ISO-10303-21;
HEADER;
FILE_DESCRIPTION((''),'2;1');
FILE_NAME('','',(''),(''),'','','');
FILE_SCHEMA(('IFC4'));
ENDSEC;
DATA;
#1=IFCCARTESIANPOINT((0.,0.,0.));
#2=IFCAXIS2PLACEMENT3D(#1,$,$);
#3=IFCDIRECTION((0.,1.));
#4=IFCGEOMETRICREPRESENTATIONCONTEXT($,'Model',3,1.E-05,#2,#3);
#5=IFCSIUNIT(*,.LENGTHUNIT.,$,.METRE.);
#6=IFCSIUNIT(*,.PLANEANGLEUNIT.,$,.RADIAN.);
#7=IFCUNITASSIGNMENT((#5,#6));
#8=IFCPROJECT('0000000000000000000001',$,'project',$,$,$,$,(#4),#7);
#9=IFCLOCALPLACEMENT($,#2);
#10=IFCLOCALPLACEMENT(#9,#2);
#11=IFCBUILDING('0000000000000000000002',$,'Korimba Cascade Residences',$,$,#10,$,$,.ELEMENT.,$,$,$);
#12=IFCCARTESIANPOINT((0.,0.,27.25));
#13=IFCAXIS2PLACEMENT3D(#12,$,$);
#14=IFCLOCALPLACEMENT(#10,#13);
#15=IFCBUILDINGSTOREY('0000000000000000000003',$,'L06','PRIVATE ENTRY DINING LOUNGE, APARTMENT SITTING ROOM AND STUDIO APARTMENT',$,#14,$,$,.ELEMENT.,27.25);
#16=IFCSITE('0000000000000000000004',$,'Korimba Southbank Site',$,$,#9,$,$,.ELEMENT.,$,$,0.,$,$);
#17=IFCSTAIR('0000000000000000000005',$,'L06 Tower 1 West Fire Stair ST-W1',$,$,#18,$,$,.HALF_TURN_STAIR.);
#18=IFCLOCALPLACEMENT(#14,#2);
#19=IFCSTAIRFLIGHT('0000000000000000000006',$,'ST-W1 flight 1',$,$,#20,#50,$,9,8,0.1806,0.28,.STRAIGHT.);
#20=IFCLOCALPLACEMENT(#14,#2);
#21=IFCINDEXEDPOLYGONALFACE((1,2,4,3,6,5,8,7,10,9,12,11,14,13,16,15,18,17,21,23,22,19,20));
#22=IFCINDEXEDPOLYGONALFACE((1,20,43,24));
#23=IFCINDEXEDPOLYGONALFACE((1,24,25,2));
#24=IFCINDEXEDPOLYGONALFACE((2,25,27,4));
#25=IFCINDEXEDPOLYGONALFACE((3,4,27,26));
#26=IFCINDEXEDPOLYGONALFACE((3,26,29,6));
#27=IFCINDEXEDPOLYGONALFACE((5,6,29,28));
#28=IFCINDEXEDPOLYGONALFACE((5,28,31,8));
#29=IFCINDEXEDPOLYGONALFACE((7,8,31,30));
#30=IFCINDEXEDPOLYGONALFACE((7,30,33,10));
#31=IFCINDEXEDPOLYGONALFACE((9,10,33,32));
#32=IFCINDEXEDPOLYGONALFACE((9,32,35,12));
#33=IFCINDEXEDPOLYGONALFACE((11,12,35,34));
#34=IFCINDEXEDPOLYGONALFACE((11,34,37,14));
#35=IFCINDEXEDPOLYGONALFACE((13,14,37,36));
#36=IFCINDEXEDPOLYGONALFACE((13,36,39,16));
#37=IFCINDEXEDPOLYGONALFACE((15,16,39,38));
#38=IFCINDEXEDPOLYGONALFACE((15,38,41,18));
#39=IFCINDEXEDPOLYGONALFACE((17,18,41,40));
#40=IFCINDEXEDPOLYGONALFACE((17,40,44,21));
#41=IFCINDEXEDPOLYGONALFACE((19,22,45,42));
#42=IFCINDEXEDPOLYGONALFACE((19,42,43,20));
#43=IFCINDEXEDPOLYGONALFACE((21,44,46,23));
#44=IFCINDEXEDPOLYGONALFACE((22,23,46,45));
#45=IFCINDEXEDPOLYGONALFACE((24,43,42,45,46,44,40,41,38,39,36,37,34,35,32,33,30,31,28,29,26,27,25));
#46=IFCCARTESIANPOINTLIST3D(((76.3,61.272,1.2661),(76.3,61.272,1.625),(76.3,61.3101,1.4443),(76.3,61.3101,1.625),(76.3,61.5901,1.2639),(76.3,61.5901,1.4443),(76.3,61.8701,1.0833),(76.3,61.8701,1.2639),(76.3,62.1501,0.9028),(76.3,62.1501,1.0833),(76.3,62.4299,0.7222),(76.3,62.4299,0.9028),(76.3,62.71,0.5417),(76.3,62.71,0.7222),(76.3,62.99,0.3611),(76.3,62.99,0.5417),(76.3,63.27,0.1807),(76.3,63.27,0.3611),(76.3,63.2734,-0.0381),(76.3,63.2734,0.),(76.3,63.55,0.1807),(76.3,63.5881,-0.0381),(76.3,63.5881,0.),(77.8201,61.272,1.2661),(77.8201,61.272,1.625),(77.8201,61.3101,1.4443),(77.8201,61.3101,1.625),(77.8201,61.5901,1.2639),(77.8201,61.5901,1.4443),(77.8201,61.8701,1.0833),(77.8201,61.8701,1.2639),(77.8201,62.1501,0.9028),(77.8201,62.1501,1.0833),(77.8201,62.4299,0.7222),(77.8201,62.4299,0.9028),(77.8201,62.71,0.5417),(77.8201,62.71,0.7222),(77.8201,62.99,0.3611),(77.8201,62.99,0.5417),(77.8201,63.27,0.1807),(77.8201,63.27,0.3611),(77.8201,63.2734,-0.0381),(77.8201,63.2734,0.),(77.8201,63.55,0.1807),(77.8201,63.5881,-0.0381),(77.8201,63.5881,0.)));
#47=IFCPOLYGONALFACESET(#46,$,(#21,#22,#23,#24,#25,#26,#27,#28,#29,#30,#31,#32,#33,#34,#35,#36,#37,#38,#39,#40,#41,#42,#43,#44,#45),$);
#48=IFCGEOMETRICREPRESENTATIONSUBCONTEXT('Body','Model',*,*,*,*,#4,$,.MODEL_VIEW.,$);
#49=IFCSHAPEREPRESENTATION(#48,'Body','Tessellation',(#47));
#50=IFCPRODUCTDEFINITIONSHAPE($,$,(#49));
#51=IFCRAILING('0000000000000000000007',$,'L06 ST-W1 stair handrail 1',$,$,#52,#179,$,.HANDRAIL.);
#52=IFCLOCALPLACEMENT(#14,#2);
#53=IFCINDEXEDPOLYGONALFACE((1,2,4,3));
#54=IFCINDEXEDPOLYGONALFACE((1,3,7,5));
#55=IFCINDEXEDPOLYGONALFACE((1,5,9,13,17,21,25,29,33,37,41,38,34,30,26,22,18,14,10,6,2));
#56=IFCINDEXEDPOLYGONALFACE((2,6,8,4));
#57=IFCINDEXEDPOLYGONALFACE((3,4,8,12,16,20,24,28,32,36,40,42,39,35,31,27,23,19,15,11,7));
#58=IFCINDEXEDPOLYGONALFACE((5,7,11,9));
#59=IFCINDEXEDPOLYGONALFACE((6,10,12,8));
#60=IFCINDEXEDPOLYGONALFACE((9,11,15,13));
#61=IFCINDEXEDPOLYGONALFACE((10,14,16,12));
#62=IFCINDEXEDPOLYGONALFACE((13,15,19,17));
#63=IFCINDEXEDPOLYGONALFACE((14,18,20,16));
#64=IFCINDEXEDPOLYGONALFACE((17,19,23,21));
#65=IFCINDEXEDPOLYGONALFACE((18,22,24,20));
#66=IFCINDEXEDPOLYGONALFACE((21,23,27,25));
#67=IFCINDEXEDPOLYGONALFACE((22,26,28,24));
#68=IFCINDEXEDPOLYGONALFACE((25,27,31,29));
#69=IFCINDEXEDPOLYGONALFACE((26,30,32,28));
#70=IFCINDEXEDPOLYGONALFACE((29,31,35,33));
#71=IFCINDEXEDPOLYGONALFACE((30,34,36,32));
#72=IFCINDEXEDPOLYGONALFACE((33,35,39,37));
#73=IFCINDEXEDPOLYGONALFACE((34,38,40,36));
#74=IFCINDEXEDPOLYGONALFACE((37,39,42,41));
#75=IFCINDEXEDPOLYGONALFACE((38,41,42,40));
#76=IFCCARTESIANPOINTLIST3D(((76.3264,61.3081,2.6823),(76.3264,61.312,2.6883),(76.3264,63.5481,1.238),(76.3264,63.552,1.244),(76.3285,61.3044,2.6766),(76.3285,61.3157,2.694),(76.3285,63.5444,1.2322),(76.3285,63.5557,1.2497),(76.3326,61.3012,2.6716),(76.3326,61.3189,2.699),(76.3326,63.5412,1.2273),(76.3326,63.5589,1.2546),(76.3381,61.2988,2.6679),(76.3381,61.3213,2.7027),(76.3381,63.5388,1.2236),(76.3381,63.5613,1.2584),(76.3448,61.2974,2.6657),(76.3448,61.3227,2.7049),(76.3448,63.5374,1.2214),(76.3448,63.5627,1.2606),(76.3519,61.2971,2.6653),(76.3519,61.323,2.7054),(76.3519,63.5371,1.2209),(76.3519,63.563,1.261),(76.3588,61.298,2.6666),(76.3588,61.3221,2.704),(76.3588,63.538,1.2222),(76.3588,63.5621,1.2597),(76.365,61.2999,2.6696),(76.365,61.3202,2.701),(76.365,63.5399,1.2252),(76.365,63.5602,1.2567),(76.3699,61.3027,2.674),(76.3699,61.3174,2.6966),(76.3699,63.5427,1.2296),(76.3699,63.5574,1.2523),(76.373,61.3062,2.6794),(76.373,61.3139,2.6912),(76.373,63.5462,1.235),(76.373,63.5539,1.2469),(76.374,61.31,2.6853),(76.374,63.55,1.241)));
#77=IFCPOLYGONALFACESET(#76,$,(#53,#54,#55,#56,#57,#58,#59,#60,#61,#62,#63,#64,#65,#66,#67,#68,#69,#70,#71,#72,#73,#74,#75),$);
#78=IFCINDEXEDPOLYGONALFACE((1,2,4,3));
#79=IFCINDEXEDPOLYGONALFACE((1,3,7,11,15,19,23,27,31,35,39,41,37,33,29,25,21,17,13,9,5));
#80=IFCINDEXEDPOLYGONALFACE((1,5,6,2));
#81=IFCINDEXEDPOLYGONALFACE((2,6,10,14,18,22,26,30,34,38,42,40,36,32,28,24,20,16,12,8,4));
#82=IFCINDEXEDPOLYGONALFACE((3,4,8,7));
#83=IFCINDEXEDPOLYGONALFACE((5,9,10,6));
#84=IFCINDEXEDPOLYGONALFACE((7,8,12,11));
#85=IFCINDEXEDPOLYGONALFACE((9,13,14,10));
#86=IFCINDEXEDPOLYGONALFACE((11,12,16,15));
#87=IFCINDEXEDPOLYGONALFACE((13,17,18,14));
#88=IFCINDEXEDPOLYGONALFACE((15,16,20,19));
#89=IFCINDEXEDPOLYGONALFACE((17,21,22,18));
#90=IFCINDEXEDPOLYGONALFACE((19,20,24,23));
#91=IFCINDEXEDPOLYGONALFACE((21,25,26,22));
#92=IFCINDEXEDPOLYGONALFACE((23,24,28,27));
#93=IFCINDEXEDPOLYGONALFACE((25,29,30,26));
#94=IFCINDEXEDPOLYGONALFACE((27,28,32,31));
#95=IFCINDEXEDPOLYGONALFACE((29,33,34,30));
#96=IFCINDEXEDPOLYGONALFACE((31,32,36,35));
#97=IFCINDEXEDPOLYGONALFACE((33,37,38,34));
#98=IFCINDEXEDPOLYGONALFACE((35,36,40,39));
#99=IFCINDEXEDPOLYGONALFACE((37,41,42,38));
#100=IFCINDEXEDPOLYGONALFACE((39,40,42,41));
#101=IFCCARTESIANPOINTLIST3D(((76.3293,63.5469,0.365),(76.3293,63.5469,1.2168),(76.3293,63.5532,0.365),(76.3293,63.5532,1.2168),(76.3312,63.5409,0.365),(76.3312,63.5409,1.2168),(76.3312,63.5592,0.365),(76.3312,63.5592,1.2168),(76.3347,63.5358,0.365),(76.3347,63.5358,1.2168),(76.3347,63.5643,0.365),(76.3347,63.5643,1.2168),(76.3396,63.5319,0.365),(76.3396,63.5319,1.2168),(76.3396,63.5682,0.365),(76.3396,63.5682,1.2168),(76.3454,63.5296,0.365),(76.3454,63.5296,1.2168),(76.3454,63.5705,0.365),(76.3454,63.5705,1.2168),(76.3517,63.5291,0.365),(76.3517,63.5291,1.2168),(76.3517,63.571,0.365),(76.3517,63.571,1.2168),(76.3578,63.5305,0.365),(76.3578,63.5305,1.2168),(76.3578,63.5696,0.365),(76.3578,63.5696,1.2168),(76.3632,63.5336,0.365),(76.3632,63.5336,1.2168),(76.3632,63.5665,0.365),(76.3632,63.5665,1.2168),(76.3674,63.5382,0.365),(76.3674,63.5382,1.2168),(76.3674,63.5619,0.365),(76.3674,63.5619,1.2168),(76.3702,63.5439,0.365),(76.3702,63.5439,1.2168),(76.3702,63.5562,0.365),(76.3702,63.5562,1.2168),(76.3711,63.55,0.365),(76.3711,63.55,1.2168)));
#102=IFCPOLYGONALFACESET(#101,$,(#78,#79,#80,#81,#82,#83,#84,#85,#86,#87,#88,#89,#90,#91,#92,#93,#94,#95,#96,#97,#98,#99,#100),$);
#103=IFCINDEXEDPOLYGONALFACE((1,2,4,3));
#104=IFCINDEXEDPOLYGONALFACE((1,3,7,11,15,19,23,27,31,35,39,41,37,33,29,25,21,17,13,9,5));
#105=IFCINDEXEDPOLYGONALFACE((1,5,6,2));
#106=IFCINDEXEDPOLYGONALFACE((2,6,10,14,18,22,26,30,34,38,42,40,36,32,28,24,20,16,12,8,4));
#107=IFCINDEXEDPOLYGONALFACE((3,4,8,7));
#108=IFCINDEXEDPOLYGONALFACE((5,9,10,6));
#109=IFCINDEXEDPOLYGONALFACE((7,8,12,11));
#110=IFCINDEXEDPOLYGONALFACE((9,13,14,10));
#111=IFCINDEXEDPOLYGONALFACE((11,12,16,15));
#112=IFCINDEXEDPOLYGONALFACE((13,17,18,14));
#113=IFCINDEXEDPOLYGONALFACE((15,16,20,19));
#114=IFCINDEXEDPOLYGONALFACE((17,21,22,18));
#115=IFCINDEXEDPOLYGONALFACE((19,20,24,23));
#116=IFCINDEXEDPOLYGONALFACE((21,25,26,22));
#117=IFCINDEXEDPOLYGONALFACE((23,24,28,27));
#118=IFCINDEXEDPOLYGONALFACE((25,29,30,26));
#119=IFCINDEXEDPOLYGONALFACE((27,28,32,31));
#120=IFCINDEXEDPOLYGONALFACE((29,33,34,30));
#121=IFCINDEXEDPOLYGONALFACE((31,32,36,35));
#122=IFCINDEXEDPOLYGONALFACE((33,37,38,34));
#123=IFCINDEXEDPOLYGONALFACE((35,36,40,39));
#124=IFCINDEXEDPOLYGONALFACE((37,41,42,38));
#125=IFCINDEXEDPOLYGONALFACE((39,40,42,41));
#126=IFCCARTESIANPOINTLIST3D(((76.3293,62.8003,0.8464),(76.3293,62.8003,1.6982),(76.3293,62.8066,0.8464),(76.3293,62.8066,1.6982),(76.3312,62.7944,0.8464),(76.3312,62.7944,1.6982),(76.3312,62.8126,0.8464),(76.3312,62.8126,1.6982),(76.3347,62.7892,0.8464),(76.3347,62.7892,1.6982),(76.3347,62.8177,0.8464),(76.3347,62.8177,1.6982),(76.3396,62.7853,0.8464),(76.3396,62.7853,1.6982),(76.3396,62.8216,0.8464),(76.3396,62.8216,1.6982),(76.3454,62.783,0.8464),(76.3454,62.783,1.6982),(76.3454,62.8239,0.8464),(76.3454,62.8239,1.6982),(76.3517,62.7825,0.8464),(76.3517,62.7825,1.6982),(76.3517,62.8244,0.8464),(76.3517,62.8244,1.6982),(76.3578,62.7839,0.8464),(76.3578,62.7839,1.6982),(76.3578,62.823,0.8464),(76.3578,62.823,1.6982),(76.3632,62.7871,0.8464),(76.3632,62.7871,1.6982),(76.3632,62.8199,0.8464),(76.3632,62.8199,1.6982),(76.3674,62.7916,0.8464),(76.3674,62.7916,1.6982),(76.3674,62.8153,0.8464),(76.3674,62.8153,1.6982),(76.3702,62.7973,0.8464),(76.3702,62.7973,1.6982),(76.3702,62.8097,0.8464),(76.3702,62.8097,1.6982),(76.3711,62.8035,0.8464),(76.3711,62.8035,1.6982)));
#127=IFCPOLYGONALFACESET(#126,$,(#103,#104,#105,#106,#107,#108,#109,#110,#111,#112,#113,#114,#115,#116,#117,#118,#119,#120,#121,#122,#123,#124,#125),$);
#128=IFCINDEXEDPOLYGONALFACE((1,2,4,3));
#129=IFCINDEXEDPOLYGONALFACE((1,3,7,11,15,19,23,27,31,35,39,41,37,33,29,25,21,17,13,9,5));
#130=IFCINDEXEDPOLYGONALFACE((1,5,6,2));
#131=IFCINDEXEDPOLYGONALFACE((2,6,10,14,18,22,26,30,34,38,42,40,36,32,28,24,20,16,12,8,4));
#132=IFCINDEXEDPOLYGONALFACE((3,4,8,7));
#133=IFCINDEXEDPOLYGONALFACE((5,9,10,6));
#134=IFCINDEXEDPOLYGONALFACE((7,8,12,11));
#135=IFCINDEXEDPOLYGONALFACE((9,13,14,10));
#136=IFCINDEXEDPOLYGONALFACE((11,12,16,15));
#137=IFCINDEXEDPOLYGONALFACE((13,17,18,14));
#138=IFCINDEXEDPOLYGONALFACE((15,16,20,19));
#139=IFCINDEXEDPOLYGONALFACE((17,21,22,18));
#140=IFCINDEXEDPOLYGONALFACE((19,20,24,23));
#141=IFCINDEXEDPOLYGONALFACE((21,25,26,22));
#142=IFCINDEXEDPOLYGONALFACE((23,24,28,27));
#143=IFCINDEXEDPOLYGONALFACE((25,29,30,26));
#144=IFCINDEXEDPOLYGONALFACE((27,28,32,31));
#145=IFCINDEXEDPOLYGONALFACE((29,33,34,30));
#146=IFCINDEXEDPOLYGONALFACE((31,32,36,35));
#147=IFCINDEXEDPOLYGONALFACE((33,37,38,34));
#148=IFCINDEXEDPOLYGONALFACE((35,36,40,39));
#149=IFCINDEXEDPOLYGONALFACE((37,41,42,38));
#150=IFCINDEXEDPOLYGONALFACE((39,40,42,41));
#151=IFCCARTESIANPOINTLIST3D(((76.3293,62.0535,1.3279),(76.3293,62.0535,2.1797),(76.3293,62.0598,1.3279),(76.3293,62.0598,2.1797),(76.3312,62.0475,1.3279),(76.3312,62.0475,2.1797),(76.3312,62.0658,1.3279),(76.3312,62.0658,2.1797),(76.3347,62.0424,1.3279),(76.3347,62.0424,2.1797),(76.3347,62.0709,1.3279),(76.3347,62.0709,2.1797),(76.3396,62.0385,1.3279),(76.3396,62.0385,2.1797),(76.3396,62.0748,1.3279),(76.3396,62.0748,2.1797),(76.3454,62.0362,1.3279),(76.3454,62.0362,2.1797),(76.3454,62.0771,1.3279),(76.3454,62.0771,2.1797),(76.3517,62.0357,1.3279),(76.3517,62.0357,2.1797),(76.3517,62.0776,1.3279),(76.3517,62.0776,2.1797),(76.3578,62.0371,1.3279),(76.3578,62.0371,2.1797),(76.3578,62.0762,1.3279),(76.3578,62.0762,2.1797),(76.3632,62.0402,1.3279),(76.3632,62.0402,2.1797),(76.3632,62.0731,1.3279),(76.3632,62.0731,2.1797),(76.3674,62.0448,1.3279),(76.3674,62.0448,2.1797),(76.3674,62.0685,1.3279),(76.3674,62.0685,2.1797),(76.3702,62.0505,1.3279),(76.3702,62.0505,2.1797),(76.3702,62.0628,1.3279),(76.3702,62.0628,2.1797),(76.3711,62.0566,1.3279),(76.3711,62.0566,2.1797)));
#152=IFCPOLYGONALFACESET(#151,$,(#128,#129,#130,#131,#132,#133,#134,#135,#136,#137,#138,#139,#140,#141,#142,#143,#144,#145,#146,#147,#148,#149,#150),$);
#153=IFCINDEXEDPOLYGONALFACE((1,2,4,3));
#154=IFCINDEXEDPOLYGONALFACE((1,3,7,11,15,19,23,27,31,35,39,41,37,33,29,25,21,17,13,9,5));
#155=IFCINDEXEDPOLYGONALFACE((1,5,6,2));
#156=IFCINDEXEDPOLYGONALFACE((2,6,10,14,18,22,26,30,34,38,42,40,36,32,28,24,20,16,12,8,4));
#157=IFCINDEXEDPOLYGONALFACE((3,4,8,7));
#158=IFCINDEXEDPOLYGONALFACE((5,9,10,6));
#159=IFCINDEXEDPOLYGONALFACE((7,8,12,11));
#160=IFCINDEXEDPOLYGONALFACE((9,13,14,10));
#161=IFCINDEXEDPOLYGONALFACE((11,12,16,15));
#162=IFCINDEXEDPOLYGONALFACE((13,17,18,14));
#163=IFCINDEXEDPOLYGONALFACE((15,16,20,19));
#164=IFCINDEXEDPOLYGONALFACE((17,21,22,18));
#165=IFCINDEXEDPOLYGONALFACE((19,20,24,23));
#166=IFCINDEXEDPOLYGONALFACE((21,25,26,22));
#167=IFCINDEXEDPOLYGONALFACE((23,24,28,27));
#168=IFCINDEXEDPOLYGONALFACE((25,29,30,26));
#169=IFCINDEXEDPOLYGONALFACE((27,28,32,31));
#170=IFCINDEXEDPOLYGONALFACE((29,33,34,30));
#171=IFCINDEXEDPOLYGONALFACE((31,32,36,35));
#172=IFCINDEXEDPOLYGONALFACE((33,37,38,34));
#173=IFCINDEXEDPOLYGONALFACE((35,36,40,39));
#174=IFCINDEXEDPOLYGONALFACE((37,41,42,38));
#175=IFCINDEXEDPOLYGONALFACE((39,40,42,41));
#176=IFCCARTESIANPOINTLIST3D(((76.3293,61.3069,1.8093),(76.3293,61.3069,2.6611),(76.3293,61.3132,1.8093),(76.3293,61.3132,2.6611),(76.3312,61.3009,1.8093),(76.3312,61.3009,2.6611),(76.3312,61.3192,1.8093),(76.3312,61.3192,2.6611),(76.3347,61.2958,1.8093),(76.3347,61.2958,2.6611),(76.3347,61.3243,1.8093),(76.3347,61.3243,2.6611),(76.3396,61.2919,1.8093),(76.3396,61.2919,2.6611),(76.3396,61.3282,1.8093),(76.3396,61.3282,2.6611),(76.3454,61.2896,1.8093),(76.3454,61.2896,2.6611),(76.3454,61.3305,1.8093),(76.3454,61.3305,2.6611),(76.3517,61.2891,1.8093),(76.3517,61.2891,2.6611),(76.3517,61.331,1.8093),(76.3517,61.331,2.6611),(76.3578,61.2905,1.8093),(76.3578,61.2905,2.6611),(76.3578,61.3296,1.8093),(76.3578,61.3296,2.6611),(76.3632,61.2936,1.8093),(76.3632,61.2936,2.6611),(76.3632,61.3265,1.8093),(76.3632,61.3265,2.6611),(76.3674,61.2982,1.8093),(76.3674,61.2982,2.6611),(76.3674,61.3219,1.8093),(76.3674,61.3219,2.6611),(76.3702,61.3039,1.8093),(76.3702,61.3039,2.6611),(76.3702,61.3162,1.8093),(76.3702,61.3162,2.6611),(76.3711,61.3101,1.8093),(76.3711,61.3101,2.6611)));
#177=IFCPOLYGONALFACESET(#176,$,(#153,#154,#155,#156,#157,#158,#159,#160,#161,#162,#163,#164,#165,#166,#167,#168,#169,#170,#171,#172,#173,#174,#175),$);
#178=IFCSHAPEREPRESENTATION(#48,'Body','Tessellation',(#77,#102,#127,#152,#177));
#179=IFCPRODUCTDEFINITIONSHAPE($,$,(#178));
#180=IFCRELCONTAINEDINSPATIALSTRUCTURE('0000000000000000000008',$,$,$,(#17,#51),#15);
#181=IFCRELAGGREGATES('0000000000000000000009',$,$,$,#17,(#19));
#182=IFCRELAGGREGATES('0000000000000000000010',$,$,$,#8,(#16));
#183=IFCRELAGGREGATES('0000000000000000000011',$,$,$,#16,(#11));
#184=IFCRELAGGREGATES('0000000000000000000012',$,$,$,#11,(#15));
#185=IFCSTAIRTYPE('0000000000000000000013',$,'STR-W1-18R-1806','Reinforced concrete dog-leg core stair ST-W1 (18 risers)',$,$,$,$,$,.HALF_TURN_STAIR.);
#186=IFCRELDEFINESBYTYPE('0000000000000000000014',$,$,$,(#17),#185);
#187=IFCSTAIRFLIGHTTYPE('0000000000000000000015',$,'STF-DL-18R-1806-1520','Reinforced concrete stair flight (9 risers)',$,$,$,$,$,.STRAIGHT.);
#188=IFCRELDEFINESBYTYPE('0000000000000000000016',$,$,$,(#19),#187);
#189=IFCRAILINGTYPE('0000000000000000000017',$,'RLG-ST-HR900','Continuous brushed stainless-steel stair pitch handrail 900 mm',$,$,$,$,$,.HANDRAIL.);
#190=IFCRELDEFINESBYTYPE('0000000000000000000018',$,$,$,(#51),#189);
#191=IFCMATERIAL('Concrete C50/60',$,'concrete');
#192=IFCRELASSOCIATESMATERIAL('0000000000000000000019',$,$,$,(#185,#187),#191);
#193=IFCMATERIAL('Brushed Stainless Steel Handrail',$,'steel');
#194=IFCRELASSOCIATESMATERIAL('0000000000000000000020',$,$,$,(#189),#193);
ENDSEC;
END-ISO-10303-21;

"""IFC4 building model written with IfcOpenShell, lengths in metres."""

from ifc_helpers import new_model, si_unit, direction, frame, origin, origin_2d, place, context, subcontext, project, spatial, polyline, circle, outline, extrude, material, type_object, element, aggregate, save


model = new_model("IFC4")

# Units and contexts
model_context = context("Model", 3, precision=1e-05, world=origin(), true_north=direction((0.0, 1.0)))
body_context = subcontext(model_context, "Body", "Model", "MODEL_VIEW")
ifc_project = project(units=[si_unit("LENGTHUNIT", "METRE"), si_unit("PLANEANGLEUNIT", "RADIAN")], contexts=[model_context])

# Site, building, storey
site_placement = place(None, origin())
site = spatial("IfcSite", under=ifc_project, at=site_placement, Name="Korimba Southbank Site", CompositionType="ELEMENT", RefElevation=0.0)
building_placement = place(site_placement, origin())
building = spatial("IfcBuilding", under=site, at=building_placement, Name="Korimba Cascade Residences", CompositionType="ELEMENT")
storey_placement = place(building_placement, frame((0.0, 0.0, 27.25)))
storey = spatial("IfcBuildingStorey", under=building, at=storey_placement, Name="L06", Description="PRIVATE ENTRY DINING LOUNGE, APARTMENT SITTING ROOM AND STUDIO APARTMENT", CompositionType="ELEMENT", Elevation=27.25)

# Shared definitions
ifc_material_1 = material(Name="Concrete C50/60", Category="concrete")

# Stair, stair flight
stair_type = type_object("IfcStairType", Name="STR-W1-18R-1806", Description="Reinforced concrete dog-leg core stair ST-W1 (18 risers)", PredefinedType="HALF_TURN_STAIR", material=ifc_material_1)
stair_placement = place(storey_placement, origin())
stair = element("IfcStair", 1, at=stair_placement, inside=storey, type_object=stair_type, Name="L06 Tower 1 West Fire Stair ST-W1", PredefinedType="HALF_TURN_STAIR")
stair_flight_type = type_object("IfcStairFlightType", Name="STF-DL-18R-1806-1520", Description="Reinforced concrete stair flight (9 risers)", PredefinedType="STRAIGHT", material=ifc_material_1)
stair_flight_placement = place(storey_placement, frame((77.0601, 63.55, 0.0), z_axis=(0.0, 0.0, 1.0), x_axis=(0.0, -1.0, 0.0)))
stair_flight = element("IfcStairFlight", 2, at=stair_flight_placement, type_object=stair_flight_type, Name="ST-W1 flight 1", NumberOfRisers=9, NumberOfTreads=8, PredefinedType="STRAIGHT", RiserHeight=0.1806, TreadLength=0.28, context=body_context, shape_type="SweptSolid", body=[
    extrude(outline(polyline([(-0.0381, 0.0), (0.0, 0.1807), (0.28, 0.1807), (0.28, 0.3611), (0.5601, 0.3611), (0.5601, 0.5417), (0.8401, 0.5417), (0.8401, 0.7222), (1.1201, 0.7222), (1.1201, 0.9028), (1.3999, 0.9028), (1.3999, 1.0833), (1.6799, 1.0833), (1.6799, 1.2639), (1.96, 1.2639), (1.96, 1.4443), (2.24, 1.4443), (2.24, 1.625), (2.2781, 1.625), (2.2781, 1.2661), (0.2766, 0.0), (0.2766, -0.0381), (-0.0381, -0.0381), (-0.0381, 0.0)])), frame((0.0, 0.76, 0.0), z_axis=(0.0, -1.0, 0.0), x_axis=(1.0, 0.0, 0.0)), (0.0, 0.0, 1.0), 1.52),
])
aggregate(stair, [stair_flight])

# Railing
ifc_material_2 = material(Name="Brushed Stainless Steel Handrail", Category="steel")
railing_type = type_object("IfcRailingType", Name="RLG-ST-HR900", Description="Continuous brushed stainless-steel stair pitch handrail 900 mm", PredefinedType="HANDRAIL", material=ifc_material_2)
railing_placement = place(storey_placement, frame((76.3501, 63.55, 0.365)))
element("IfcRailing", 3, at=railing_placement, inside=storey, type_object=railing_type, Name="L06 ST-W1 stair handrail 1", PredefinedType="HANDRAIL", context=body_context, shape_type="SweptSolid", body=[
    extrude(circle(Radius=0.0239, at=origin_2d()), frame((0.0, 0.0, 0.876), z_axis=(0.0, -0.840437, 0.54191), x_axis=(1.0, 0.0, 0.0)), (0.0, 0.0, 1.0), 2.6653),
    extrude(circle(Radius=0.021, at=origin_2d()), origin(), (0.0, 0.0, 1.0), 0.8518),
    extrude(circle(Radius=0.021, at=origin_2d()), frame((0.0, -0.7466, 0.4814)), (0.0, 0.0, 1.0), 0.8518),
    extrude(circle(Radius=0.021, at=origin_2d()), frame((0.0, -1.4934, 0.9629)), (0.0, 0.0, 1.0), 0.8518),
    extrude(circle(Radius=0.021, at=origin_2d()), frame((0.0, -2.24, 1.4443)), (0.0, 0.0, 1.0), 0.8518),
])

save(model, "model.ifc")
